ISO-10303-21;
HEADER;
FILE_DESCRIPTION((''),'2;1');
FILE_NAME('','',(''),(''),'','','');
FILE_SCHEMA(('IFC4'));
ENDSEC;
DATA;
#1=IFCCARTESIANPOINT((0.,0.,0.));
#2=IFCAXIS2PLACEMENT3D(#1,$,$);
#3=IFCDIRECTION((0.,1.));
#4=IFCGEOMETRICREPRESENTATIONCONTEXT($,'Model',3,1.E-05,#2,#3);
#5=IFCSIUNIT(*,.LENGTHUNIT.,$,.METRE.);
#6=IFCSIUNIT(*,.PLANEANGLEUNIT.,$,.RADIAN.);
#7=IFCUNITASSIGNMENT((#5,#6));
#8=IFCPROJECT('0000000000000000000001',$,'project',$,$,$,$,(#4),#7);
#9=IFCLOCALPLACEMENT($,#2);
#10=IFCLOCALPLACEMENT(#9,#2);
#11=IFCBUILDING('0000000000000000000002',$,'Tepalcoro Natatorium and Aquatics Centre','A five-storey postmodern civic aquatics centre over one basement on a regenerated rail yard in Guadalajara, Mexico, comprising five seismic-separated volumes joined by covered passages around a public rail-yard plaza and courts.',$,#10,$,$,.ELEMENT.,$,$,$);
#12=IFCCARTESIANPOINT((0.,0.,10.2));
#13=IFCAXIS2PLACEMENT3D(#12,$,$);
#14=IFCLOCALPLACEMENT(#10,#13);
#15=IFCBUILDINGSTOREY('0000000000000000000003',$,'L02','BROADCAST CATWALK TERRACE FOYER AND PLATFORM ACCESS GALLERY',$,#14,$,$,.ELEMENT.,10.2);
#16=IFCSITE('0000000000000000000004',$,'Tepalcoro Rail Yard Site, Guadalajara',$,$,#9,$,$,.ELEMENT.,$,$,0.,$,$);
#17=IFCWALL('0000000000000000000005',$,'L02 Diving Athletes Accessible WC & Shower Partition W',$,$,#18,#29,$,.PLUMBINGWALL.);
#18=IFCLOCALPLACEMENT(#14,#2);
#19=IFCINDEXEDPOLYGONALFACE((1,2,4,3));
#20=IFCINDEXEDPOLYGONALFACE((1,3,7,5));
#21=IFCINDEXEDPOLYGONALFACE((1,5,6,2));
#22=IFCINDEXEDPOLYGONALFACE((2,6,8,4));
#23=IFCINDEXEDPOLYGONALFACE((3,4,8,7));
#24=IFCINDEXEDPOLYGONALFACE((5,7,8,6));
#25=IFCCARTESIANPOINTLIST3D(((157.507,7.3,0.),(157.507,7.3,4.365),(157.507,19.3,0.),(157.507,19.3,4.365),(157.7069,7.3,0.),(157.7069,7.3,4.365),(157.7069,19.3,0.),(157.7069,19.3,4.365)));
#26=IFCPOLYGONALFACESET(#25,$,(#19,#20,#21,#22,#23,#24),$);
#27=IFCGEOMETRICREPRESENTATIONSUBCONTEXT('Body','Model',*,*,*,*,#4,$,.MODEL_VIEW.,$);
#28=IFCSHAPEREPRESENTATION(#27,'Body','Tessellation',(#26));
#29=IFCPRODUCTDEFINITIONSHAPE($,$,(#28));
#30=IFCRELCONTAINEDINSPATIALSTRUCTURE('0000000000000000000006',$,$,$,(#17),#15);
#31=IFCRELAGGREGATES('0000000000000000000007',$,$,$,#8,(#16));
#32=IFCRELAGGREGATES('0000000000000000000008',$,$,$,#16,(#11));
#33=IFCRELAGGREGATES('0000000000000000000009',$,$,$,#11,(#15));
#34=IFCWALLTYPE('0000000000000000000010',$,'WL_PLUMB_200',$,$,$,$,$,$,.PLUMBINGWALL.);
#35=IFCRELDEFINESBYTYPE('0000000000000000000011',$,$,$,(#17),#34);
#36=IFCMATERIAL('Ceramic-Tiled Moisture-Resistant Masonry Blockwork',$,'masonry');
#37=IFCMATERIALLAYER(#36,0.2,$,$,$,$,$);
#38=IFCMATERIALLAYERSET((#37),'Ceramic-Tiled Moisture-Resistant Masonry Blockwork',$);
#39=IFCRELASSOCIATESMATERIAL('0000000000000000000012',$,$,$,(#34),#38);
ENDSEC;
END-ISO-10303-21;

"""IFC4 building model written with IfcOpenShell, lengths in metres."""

from ifc_helpers import new_model, si_unit, direction, frame, frame_2d, origin, place, context, subcontext, project, spatial, rectangle, extrude, material, layer, layer_set, type_object, element, save


model = new_model("IFC4")

# Units and contexts
model_context = context("Model", 3, precision=1e-05, world=origin(), true_north=direction((0.0, 1.0)))
body_context = subcontext(model_context, "Body", "Model", "MODEL_VIEW")
ifc_project = project(units=[si_unit("LENGTHUNIT", "METRE"), si_unit("PLANEANGLEUNIT", "RADIAN")], contexts=[model_context])

# Site, building, storey
site_placement = place(None, origin())
site = spatial("IfcSite", under=ifc_project, at=site_placement, Name="Tepalcoro Rail Yard Site, Guadalajara", CompositionType="ELEMENT", RefElevation=0.0)
building_placement = place(site_placement, origin())
building = spatial("IfcBuilding", under=site, at=building_placement, Name="Tepalcoro Natatorium and Aquatics Centre", Description="A five-storey postmodern civic aquatics centre over one basement on a regenerated rail yard in Guadalajara, Mexico, comprising five seismic-separated volumes joined by covered passages around a public rail-yard plaza and courts.", CompositionType="ELEMENT")
storey_placement = place(building_placement, frame((0.0, 0.0, 10.2)))
storey = spatial("IfcBuildingStorey", under=building, at=storey_placement, Name="L02", Description="BROADCAST CATWALK TERRACE FOYER AND PLATFORM ACCESS GALLERY", CompositionType="ELEMENT", Elevation=10.2)

# Shared definitions
ifc_material_1 = material(Name="Ceramic-Tiled Moisture-Resistant Masonry Blockwork", Category="masonry")
ifc_layer_1 = layer(ifc_material_1, 0.2)
ifc_layer_set_1 = layer_set([ifc_layer_1], Name="Ceramic-Tiled Moisture-Resistant Masonry Blockwork")
wall_type_1 = type_object("IfcWallType", Name="WL_PLUMB_200", PredefinedType="PLUMBINGWALL", material=ifc_layer_set_1)

# Wall
wall_1_placement = place(storey_placement, frame((157.6069, 7.3, 0.0), z_axis=(0.0, 0.0, 1.0), x_axis=(0.0, 1.0, 0.0)))
element("IfcWall", 1, at=wall_1_placement, inside=storey, type_object=wall_type_1, Name="L02 Diving Athletes Accessible WC & Shower Partition W", PredefinedType="PLUMBINGWALL", context=body_context, shape_type="SweptSolid", body=[
    extrude(rectangle(XDim=12.0, YDim=0.2, at=frame_2d((6.0, 0.0))), origin(), (0.0, 0.0, 1.0), 4.365),
])

save(model, "model.ifc")
